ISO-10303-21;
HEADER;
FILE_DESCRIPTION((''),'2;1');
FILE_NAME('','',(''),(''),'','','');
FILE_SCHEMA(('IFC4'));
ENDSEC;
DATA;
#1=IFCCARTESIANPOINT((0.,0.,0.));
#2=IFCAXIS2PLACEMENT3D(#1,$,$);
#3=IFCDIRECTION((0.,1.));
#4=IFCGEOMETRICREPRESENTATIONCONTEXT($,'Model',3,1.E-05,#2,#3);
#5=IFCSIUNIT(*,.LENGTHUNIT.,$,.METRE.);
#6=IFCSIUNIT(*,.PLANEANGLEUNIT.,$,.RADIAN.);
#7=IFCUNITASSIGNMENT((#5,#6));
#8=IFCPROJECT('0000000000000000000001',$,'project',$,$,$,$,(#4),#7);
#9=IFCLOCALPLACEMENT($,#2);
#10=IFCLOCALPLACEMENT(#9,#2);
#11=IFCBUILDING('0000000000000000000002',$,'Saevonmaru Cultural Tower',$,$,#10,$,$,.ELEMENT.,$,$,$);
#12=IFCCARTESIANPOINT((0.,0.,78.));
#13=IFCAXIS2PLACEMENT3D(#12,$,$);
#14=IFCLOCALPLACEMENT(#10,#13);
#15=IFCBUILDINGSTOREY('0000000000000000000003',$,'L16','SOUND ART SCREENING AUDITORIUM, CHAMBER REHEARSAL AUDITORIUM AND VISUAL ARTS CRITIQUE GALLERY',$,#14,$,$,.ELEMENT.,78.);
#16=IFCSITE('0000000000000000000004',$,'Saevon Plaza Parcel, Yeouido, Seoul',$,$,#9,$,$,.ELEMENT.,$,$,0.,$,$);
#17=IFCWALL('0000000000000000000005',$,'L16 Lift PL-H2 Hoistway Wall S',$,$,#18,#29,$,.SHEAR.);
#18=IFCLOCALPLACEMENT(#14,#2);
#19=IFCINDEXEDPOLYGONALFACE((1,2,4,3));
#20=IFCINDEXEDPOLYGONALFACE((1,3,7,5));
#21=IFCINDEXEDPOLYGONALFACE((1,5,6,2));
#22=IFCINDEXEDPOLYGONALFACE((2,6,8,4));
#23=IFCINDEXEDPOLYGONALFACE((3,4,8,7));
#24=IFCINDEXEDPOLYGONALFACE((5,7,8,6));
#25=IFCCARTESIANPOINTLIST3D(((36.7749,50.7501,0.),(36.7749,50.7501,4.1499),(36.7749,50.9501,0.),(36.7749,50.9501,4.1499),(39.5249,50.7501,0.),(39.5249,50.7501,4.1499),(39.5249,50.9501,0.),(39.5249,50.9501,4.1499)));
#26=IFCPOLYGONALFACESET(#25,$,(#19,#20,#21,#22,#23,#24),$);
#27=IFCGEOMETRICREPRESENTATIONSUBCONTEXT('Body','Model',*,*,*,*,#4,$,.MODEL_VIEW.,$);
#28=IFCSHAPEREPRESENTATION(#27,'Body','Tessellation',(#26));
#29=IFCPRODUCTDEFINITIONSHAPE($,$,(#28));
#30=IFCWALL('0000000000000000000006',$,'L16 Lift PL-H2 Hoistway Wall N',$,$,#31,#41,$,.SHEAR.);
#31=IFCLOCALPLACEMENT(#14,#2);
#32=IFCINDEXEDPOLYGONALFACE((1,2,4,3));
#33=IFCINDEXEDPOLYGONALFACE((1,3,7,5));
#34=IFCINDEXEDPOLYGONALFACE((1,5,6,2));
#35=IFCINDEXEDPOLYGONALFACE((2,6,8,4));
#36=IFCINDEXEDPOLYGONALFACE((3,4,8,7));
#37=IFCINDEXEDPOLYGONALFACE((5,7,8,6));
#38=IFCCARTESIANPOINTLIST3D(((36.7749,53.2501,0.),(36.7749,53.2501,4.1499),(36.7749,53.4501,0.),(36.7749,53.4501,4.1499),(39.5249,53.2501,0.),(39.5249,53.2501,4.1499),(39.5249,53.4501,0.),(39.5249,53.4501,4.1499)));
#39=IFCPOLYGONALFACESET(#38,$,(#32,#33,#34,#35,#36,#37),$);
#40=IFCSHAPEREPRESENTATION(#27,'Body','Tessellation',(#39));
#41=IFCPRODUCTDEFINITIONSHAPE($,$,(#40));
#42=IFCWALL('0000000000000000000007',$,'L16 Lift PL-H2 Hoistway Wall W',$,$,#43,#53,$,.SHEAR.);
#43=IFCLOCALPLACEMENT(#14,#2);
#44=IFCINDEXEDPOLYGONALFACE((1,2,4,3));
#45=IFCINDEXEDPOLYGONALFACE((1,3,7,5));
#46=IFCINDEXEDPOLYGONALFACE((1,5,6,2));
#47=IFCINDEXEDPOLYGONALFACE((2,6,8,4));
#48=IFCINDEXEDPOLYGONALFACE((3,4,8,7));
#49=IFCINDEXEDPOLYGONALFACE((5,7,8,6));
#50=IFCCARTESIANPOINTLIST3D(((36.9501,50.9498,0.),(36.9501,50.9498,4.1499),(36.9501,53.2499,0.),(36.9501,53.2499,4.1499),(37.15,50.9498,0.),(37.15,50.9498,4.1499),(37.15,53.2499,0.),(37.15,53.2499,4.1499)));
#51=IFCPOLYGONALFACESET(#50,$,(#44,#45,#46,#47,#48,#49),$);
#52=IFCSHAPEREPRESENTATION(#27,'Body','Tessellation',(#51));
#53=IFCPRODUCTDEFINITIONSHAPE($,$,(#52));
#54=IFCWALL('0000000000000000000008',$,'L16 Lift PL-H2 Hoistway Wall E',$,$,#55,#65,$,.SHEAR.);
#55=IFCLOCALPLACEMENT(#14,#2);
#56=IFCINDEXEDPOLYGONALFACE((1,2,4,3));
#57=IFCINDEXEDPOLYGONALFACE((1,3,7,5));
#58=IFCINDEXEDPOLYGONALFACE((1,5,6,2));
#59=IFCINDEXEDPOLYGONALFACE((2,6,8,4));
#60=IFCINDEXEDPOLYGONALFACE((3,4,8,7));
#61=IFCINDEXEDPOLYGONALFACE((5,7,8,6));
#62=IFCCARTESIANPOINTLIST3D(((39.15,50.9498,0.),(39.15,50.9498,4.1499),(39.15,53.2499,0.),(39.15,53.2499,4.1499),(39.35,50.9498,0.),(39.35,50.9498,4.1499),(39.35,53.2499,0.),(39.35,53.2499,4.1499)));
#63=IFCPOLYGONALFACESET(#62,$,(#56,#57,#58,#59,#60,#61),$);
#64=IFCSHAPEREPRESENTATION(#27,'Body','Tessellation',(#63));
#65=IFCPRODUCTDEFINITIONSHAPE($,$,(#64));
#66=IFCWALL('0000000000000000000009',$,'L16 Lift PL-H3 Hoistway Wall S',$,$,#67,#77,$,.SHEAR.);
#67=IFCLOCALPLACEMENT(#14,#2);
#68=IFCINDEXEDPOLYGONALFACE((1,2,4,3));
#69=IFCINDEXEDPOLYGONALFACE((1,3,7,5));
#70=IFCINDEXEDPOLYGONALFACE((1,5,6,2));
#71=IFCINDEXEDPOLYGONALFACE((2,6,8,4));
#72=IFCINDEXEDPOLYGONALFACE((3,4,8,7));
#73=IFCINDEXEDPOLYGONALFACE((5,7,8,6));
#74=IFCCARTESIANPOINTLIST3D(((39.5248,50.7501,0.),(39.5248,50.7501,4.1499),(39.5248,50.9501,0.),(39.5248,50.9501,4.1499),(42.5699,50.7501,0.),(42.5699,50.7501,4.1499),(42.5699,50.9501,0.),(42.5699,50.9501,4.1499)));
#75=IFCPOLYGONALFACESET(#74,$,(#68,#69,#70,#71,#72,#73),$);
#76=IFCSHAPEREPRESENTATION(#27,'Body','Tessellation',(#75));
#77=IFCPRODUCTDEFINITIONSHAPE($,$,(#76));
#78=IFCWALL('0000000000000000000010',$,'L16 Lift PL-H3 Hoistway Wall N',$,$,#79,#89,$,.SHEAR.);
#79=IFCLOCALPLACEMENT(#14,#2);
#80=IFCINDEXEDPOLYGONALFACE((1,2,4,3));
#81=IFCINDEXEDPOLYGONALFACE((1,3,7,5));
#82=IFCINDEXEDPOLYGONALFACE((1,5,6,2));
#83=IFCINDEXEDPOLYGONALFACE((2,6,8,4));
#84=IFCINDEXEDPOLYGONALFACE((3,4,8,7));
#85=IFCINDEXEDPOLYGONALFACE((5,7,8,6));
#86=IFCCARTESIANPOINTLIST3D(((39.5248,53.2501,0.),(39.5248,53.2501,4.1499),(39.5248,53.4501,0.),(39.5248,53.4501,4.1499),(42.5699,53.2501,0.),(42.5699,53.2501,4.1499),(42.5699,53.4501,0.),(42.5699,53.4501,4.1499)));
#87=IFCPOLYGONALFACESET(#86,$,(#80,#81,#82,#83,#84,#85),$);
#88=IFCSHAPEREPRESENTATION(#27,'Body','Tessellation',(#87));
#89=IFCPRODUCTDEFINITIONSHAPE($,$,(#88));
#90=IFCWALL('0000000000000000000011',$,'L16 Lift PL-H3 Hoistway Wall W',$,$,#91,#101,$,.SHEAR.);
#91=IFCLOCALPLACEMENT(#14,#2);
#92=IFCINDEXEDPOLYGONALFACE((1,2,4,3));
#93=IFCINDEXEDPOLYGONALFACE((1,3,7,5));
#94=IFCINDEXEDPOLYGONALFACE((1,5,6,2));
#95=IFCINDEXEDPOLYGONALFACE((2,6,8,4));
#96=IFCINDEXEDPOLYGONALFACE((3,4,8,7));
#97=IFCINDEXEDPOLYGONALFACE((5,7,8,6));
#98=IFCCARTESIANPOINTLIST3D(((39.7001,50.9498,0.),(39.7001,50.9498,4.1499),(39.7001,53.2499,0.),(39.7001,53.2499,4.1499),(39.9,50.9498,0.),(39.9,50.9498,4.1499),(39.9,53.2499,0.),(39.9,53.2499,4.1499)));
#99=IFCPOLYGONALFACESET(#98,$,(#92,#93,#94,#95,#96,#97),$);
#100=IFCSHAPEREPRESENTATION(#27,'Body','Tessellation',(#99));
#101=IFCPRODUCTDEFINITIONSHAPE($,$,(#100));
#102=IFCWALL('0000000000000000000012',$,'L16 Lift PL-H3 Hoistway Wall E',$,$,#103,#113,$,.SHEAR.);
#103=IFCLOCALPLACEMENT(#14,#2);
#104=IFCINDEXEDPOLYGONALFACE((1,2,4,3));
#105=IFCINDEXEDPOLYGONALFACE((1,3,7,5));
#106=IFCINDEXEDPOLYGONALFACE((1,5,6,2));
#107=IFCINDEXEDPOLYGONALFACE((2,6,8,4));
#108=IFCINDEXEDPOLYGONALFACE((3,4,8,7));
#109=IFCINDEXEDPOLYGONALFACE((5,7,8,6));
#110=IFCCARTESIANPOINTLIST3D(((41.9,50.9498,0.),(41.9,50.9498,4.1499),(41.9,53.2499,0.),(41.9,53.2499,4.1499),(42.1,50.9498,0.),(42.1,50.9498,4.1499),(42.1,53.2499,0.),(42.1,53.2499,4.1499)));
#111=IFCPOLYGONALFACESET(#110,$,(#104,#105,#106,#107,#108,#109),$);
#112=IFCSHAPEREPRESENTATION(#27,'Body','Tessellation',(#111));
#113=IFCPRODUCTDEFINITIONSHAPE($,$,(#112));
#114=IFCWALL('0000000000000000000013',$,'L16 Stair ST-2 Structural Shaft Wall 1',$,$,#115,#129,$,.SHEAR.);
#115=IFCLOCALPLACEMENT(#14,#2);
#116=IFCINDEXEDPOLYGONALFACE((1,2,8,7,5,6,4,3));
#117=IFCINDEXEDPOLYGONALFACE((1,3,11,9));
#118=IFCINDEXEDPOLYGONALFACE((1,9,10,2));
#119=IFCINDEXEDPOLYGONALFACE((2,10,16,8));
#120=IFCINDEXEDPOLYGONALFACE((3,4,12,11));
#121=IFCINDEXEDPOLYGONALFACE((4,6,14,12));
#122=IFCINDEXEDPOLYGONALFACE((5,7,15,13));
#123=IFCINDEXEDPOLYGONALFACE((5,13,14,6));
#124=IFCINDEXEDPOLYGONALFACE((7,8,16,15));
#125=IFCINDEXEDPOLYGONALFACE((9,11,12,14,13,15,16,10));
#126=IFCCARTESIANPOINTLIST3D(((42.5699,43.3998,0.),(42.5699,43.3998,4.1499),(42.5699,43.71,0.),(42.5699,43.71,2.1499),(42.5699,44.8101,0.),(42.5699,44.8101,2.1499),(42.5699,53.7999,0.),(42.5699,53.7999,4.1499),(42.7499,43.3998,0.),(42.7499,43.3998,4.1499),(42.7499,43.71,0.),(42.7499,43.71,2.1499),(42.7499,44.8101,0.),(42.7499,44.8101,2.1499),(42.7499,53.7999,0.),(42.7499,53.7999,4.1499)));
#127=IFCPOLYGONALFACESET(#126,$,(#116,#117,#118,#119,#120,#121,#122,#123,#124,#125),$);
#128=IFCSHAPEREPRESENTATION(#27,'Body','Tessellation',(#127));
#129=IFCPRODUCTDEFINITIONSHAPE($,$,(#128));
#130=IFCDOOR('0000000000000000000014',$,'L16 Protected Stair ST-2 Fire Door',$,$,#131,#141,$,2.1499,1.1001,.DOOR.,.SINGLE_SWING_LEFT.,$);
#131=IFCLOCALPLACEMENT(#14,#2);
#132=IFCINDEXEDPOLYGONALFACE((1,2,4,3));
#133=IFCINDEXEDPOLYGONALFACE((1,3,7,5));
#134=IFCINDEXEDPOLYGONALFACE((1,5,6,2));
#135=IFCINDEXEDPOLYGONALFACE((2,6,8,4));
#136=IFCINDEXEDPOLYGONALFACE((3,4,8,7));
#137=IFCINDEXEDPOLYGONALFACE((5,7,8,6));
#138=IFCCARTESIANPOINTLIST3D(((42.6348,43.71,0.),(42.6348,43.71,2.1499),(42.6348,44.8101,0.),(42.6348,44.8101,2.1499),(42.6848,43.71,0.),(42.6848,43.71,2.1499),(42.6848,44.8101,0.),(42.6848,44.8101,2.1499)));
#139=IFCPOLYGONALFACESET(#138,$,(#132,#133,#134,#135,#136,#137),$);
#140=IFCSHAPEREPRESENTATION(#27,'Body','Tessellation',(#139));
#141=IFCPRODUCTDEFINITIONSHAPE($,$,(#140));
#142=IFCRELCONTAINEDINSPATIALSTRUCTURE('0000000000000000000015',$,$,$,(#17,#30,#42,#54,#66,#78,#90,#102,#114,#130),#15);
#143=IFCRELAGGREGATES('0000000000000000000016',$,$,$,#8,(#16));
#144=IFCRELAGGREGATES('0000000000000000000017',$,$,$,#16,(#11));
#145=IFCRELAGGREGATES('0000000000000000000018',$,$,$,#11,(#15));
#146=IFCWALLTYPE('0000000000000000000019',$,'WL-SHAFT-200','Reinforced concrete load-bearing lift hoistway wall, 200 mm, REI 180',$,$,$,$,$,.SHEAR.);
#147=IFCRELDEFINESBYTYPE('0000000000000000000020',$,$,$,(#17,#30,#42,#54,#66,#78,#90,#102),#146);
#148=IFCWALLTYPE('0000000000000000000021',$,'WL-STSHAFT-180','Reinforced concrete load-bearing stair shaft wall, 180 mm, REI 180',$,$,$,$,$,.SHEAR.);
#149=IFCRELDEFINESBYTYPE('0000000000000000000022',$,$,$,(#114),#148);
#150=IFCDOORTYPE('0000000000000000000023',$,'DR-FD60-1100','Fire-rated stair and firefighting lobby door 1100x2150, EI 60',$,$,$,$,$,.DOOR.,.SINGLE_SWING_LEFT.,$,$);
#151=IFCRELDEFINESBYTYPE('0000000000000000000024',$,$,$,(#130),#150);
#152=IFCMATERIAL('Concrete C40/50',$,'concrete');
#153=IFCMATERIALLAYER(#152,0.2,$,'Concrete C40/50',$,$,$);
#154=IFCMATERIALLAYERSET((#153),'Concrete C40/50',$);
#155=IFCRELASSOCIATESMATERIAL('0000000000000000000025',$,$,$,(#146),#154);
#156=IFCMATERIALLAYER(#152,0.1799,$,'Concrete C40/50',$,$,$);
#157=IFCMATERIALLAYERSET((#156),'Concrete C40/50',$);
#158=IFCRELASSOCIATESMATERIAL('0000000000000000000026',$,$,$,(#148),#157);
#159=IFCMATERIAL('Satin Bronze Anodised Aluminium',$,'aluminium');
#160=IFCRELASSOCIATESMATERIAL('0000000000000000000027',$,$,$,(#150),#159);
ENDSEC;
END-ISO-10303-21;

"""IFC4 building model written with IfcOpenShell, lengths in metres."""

from ifc_helpers import new_model, si_unit, direction, frame, frame_2d, origin, place, context, subcontext, project, spatial, rectangle, extrude, material, layer, layer_set, type_object, element, fill, save


model = new_model("IFC4")

# Units and contexts
model_context = context("Model", 3, precision=1e-05, world=origin(), true_north=direction((0.0, 1.0)))
body_context = subcontext(model_context, "Body", "Model", "MODEL_VIEW")
ifc_project = project(units=[si_unit("LENGTHUNIT", "METRE"), si_unit("PLANEANGLEUNIT", "RADIAN")], contexts=[model_context])

# Site, building, storey
site_placement = place(None, origin())
site = spatial("IfcSite", under=ifc_project, at=site_placement, Name="Saevon Plaza Parcel, Yeouido, Seoul", CompositionType="ELEMENT", RefElevation=0.0)
building_placement = place(site_placement, origin())
building = spatial("IfcBuilding", under=site, at=building_placement, Name="Saevonmaru Cultural Tower", CompositionType="ELEMENT")
storey_placement = place(building_placement, frame((0.0, 0.0, 78.0)))
storey = spatial("IfcBuildingStorey", under=building, at=storey_placement, Name="L16", Description="SOUND ART SCREENING AUDITORIUM, CHAMBER REHEARSAL AUDITORIUM AND VISUAL ARTS CRITIQUE GALLERY", CompositionType="ELEMENT", Elevation=78.0)

# Shared definitions
ifc_material_1 = material(Name="Satin Bronze Anodised Aluminium", Category="aluminium")

# Shared definitions
ifc_material_2 = material(Name="Concrete C40/50", Category="concrete")
ifc_layer_1 = layer(ifc_material_2, 0.2, Name="Concrete C40/50")
ifc_layer_set_1 = layer_set([ifc_layer_1], Name="Concrete C40/50")
wall_type_1 = type_object("IfcWallType", Name="WL-SHAFT-200", Description="Reinforced concrete load-bearing lift hoistway wall, 200 mm, REI 180", PredefinedType="SHEAR", material=ifc_layer_set_1)

# Walls
for number, where, z_axis, x_axis, name in (
    (1, (36.7749, 50.8501, 0.0), (0.0, 0.0, 1.0), (1.0, 0.0, 0.0), "L16 Lift PL-H2 Hoistway Wall S"),
    (2, (36.7749, 53.3501, 0.0), (0.0, 0.0, 1.0), (1.0, 0.0, 0.0), "L16 Lift PL-H2 Hoistway Wall N"),
):
    element("IfcWall", number, at=place(storey_placement, frame(where, z_axis=z_axis, x_axis=x_axis)), inside=storey, type_object=wall_type_1, Name=name, PredefinedType="SHEAR", context=body_context, shape_type="SweptSolid", body=[
        extrude(rectangle(XDim=2.75, YDim=0.2, at=frame_2d((1.375, 0.0))), origin(), (0.0, 0.0, 1.0), 4.1499),
    ])
for number, where, z_axis, x_axis, name in (
    (3, (37.05, 50.95, 0.0), (0.0, 0.0, 1.0), (0.0, 1.0, 0.0), "L16 Lift PL-H2 Hoistway Wall W"),
    (4, (39.25, 50.95, 0.0), (0.0, 0.0, 1.0), (0.0, 1.0, 0.0), "L16 Lift PL-H2 Hoistway Wall E"),
):
    element("IfcWall", number, at=place(storey_placement, frame(where, z_axis=z_axis, x_axis=x_axis)), inside=storey, type_object=wall_type_1, Name=name, PredefinedType="SHEAR", context=body_context, shape_type="SweptSolid", body=[
        extrude(rectangle(XDim=2.3, YDim=0.2, at=frame_2d((1.1499, 0.0))), origin(), (0.0, 0.0, 1.0), 4.1499),
    ])
for number, where, z_axis, x_axis, name in (
    (5, (39.5249, 50.8501, 0.0), (0.0, 0.0, 1.0), (1.0, 0.0, 0.0), "L16 Lift PL-H3 Hoistway Wall S"),
    (6, (39.5249, 53.3501, 0.0), (0.0, 0.0, 1.0), (1.0, 0.0, 0.0), "L16 Lift PL-H3 Hoistway Wall N"),
):
    element("IfcWall", number, at=place(storey_placement, frame(where, z_axis=z_axis, x_axis=x_axis)), inside=storey, type_object=wall_type_1, Name=name, PredefinedType="SHEAR", context=body_context, shape_type="SweptSolid", body=[
        extrude(rectangle(XDim=3.0452, YDim=0.2, at=frame_2d((1.5225, 0.0))), origin(), (0.0, 0.0, 1.0), 4.1499),
    ])
for number, where, z_axis, x_axis, name in (
    (7, (39.8, 50.95, 0.0), (0.0, 0.0, 1.0), (0.0, 1.0, 0.0), "L16 Lift PL-H3 Hoistway Wall W"),
    (8, (42.0, 50.95, 0.0), (0.0, 0.0, 1.0), (0.0, 1.0, 0.0), "L16 Lift PL-H3 Hoistway Wall E"),
):
    element("IfcWall", number, at=place(storey_placement, frame(where, z_axis=z_axis, x_axis=x_axis)), inside=storey, type_object=wall_type_1, Name=name, PredefinedType="SHEAR", context=body_context, shape_type="SweptSolid", body=[
        extrude(rectangle(XDim=2.3, YDim=0.2, at=frame_2d((1.1499, 0.0))), origin(), (0.0, 0.0, 1.0), 4.1499),
    ])

# Wall, opening, door
ifc_layer_2 = layer(ifc_material_2, 0.1799, Name="Concrete C40/50")
ifc_layer_set_2 = layer_set([ifc_layer_2], Name="Concrete C40/50")
wall_type_2 = type_object("IfcWallType", Name="WL-STSHAFT-180", Description="Reinforced concrete load-bearing stair shaft wall, 180 mm, REI 180", PredefinedType="SHEAR", material=ifc_layer_set_2)
wall_1_placement = place(storey_placement, frame((42.6599, 53.8, 0.0), z_axis=(0.0, 0.0, 1.0), x_axis=(0.0, -1.0, 0.0)))
wall_1 = element("IfcWall", 9, at=wall_1_placement, inside=storey, type_object=wall_type_2, Name="L16 Stair ST-2 Structural Shaft Wall 1", PredefinedType="SHEAR", context=body_context, shape_type="SweptSolid", body=[
    extrude(rectangle(XDim=10.4001, YDim=0.1799, at=frame_2d((5.2002, 0.0))), origin(), (0.0, 0.0, 1.0), 4.1499),
])
opening_1_placement = place(wall_1_placement, frame((8.99, 0.0, 0.0)))
opening_1 = element("IfcOpeningElement", 10, at=opening_1_placement, cuts=wall_1, PredefinedType="OPENING", context=body_context, shape_type="SweptSolid", body=[
    extrude(rectangle(XDim=1.1001, YDim=2.1499, at=frame_2d((0.55, 1.075))), frame((0.0, 0.1001, 0.0), z_axis=(0.0, -1.0, 0.0), x_axis=(1.0, 0.0, 0.0)), (0.0, 0.0, 1.0), 0.2),
])
door_type_1 = type_object("IfcDoorType", Name="DR-FD60-1100", Description="Fire-rated stair and firefighting lobby door 1100x2150, EI 60", OperationType="SINGLE_SWING_LEFT", PredefinedType="DOOR", material=ifc_material_1)
door_1_placement = place(opening_1_placement, origin())
door_1 = element("IfcDoor", 11, at=door_1_placement, inside=storey, type_object=door_type_1, Name="L16 Protected Stair ST-2 Fire Door", OperationType="SINGLE_SWING_LEFT", OverallHeight=2.1499, OverallWidth=1.1001, PredefinedType="DOOR", context=body_context, shape_type="SweptSolid", body=[
    extrude(rectangle(XDim=1.1001, YDim=2.1499, at=frame_2d((0.55, 1.075))), frame((0.0, 0.0249, 0.0), z_axis=(0.0, -1.0, 0.0), x_axis=(1.0, 0.0, 0.0)), (0.0, 0.0, 1.0), 0.05),
])
fill(opening_1, door_1)

save(model, "model.ifc")
